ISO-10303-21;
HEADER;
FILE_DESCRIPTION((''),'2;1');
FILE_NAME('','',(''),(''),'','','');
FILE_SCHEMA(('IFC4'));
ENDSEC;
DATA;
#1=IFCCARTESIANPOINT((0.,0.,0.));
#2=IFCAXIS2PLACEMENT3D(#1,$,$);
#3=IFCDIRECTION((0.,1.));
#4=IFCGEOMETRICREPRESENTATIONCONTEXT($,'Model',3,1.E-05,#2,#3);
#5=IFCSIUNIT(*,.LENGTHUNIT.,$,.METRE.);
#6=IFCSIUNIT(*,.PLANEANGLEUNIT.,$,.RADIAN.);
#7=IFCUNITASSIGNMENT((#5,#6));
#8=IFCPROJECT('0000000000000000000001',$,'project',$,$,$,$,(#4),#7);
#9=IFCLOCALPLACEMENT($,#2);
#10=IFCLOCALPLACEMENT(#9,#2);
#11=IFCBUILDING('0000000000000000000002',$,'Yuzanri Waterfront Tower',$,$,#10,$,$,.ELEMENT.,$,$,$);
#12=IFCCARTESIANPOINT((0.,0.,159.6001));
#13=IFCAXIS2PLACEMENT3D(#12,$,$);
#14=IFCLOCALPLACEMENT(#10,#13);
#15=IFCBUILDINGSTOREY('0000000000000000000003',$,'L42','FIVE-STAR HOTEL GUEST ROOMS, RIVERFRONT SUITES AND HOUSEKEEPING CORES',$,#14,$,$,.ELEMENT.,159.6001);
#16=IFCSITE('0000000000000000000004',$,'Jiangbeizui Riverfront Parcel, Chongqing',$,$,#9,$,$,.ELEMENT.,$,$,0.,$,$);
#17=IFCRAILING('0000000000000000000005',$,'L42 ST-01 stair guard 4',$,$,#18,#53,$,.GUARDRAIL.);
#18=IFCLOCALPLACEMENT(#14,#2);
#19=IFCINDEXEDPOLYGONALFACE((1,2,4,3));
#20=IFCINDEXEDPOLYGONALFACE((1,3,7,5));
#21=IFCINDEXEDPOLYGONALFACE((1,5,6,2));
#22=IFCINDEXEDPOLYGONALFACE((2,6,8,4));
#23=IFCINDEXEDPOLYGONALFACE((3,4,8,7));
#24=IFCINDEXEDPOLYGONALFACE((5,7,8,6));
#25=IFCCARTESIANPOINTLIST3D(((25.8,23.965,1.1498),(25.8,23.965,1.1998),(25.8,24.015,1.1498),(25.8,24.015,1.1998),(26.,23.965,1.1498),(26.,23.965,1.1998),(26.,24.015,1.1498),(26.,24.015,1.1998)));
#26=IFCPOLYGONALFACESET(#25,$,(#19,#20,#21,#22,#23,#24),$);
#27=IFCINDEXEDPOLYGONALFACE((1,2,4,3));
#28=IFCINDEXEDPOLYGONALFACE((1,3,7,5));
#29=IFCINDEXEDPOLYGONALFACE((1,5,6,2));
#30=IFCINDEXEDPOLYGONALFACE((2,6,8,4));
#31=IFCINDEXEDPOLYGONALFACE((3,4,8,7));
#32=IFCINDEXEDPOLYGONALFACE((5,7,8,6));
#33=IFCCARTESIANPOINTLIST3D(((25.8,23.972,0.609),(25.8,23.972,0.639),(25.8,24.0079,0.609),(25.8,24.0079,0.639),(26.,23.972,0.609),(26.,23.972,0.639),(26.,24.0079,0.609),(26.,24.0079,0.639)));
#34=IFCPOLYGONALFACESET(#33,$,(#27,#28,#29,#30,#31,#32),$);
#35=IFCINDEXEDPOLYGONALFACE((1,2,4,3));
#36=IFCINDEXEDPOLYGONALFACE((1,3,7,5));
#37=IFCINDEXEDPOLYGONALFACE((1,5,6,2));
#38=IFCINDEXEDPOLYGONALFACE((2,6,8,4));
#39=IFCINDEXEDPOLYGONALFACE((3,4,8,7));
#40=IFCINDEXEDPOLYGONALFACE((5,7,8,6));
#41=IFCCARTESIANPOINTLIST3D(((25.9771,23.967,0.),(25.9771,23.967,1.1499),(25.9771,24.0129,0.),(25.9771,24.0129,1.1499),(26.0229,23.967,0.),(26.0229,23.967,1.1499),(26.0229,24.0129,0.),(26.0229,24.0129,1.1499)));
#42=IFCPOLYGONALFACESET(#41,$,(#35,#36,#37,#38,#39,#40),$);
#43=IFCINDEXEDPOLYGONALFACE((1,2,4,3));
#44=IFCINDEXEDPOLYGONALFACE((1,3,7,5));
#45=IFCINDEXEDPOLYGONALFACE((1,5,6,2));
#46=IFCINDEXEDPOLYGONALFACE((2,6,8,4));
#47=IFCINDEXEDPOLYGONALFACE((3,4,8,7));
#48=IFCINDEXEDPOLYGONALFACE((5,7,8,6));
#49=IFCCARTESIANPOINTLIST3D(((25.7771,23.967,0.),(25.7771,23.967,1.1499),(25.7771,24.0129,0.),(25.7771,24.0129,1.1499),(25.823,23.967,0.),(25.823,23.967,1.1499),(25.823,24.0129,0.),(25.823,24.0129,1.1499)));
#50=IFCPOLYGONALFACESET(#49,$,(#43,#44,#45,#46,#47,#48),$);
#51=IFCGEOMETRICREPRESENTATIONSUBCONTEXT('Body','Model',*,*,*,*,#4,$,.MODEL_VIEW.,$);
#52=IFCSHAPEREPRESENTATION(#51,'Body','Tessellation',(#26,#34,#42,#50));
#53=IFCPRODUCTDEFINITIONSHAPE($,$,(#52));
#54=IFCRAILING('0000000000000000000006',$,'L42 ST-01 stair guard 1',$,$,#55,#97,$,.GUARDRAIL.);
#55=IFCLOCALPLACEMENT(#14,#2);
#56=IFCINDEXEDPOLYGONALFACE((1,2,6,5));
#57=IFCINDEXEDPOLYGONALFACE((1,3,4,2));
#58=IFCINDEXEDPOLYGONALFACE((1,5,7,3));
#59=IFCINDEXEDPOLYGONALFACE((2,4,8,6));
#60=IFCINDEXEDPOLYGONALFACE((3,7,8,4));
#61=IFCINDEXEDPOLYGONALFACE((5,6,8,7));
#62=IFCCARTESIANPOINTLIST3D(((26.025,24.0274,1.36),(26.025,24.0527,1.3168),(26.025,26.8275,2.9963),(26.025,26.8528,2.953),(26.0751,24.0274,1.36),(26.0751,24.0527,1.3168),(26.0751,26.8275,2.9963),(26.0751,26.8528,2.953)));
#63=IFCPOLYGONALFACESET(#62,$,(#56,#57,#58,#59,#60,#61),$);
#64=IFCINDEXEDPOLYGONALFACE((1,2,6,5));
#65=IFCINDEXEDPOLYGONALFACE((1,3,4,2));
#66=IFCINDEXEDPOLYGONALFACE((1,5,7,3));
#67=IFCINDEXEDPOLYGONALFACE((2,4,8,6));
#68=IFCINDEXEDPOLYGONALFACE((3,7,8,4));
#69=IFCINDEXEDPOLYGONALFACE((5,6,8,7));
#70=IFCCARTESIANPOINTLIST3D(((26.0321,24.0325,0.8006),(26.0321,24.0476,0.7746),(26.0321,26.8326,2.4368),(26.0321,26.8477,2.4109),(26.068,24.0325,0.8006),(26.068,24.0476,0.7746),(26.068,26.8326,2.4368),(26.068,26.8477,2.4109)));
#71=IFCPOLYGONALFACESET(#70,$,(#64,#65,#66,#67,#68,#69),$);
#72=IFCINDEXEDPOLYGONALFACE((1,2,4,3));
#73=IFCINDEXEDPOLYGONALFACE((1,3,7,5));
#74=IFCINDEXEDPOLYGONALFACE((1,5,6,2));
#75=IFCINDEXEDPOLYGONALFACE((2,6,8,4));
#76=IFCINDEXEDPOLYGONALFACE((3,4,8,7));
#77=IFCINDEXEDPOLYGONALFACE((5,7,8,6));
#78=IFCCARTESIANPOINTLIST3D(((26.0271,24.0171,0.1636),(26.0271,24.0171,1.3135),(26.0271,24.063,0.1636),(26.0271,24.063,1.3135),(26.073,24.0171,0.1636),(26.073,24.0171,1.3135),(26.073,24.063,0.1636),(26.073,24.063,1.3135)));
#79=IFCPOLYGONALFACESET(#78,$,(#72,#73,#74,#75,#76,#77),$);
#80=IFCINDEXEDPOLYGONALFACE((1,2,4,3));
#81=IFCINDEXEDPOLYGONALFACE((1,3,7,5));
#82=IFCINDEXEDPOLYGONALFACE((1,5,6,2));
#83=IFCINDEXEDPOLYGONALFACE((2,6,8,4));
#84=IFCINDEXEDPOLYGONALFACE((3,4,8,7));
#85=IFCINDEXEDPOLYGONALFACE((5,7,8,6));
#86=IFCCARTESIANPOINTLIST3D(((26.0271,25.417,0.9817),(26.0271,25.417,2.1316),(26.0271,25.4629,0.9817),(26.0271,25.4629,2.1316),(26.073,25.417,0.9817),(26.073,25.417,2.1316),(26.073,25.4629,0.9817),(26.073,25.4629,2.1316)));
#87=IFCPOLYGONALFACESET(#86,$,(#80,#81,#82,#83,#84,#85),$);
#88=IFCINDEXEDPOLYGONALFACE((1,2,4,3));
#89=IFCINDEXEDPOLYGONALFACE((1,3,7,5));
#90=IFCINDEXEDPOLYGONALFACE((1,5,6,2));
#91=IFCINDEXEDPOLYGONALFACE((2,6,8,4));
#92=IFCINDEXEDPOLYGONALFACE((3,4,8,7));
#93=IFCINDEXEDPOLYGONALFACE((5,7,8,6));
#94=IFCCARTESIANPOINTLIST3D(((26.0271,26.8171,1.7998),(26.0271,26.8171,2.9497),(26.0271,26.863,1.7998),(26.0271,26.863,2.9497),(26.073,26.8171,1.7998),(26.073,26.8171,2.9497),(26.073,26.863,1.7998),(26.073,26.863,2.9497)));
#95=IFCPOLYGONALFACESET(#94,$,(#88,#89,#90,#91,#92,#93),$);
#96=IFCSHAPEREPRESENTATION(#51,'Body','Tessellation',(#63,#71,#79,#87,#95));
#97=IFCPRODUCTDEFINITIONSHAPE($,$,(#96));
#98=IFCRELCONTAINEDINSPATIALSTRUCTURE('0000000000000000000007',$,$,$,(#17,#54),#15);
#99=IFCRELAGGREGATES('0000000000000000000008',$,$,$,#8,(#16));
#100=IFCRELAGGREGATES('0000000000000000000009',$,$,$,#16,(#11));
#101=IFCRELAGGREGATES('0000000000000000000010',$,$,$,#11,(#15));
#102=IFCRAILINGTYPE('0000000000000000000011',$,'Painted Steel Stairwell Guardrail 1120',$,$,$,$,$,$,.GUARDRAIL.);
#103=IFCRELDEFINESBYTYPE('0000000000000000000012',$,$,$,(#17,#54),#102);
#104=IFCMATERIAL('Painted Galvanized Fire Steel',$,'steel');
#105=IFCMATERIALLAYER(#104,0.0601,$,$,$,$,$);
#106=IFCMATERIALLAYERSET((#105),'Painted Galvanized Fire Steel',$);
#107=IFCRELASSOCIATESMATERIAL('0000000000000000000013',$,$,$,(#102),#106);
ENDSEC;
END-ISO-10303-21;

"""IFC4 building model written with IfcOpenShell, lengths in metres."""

from ifc_helpers import new_model, si_unit, direction, frame, origin, origin_2d, place, context, subcontext, project, spatial, rectangle, extrude, source, transform, mapped, material, layer, layer_set, type_object, element, save


model = new_model("IFC4")

# Units and contexts
model_context = context("Model", 3, precision=1e-05, world=origin(), true_north=direction((0.0, 1.0)))
body_context = subcontext(model_context, "Body", "Model", "MODEL_VIEW")
ifc_project = project(units=[si_unit("LENGTHUNIT", "METRE"), si_unit("PLANEANGLEUNIT", "RADIAN")], contexts=[model_context])

# Site, building, storey
site_placement = place(None, origin())
site = spatial("IfcSite", under=ifc_project, at=site_placement, Name="Jiangbeizui Riverfront Parcel, Chongqing", CompositionType="ELEMENT", RefElevation=0.0)
building_placement = place(site_placement, origin())
building = spatial("IfcBuilding", under=site, at=building_placement, Name="Yuzanri Waterfront Tower", CompositionType="ELEMENT")
storey_placement = place(building_placement, frame((0.0, 0.0, 159.6001)))
storey = spatial("IfcBuildingStorey", under=building, at=storey_placement, Name="L42", Description="FIVE-STAR HOTEL GUEST ROOMS, RIVERFRONT SUITES AND HOUSEKEEPING CORES", CompositionType="ELEMENT", Elevation=159.6001)

# Railings
ifc_material_1 = material(Name="Painted Galvanized Fire Steel", Category="steel")
ifc_layer_1 = layer(ifc_material_1, 0.0601)
ifc_layer_set_1 = layer_set([ifc_layer_1], Name="Painted Galvanized Fire Steel")
railing_type = type_object("IfcRailingType", Name="Painted Steel Stairwell Guardrail 1120", PredefinedType="GUARDRAIL", material=ifc_layer_set_1)
shared_shape_1 = source(origin(), body_context, "Body", "SweptSolid", [
    extrude(rectangle(XDim=0.05, YDim=0.05, at=origin_2d()), frame((0.0, 0.0, 1.1748), z_axis=(-1.0, 0.0, 0.0), x_axis=(0.0, -1.0, 0.0)), (0.0, 0.0, 1.0), 0.2),
    extrude(rectangle(XDim=0.0359, YDim=0.03, at=origin_2d()), frame((0.0, 0.0, 0.624), z_axis=(-1.0, 0.0, 0.0), x_axis=(0.0, -1.0, 0.0)), (0.0, 0.0, 1.0), 0.2),
    extrude(rectangle(XDim=0.0459, YDim=0.0459, at=origin_2d()), origin(), (0.0, 0.0, 1.0), 1.1499),
    extrude(rectangle(XDim=0.0459, YDim=0.0459, at=origin_2d()), frame((-0.2, 0.0, 0.0)), (0.0, 0.0, 1.0), 1.1499),
])
railing_1_placement = place(storey_placement, frame((26.0, 23.99, 0.0)))
element("IfcRailing", 1, at=railing_1_placement, inside=storey, type_object=railing_type, Name="L42 ST-01 stair guard 4", PredefinedType="GUARDRAIL", context=body_context, shape_type="MappedRepresentation", body=[
    mapped(shared_shape_1, transform((0.0, 0.0, 0.0), scale=1.0)),
])
shared_shape_2 = source(origin(), body_context, "Body", "SweptSolid", [
    extrude(rectangle(XDim=0.05, YDim=0.05, at=origin_2d()), frame((0.0, 0.0, 1.1748), z_axis=(0.0, 0.863394, 0.504531), x_axis=(-1.0, 0.0, 0.0)), (0.0, 0.0, 1.0), 3.2432),
    extrude(rectangle(XDim=0.0359, YDim=0.03, at=origin_2d()), frame((0.0, 0.0, 0.624), z_axis=(0.0, 0.863394, 0.504531), x_axis=(-1.0, 0.0, 0.0)), (0.0, 0.0, 1.0), 3.2432),
    extrude(rectangle(XDim=0.0459, YDim=0.0459, at=origin_2d()), origin(), (0.0, 0.0, 1.0), 1.1499),
    extrude(rectangle(XDim=0.0459, YDim=0.0459, at=origin_2d()), frame((0.0, 1.3999, 0.8181)), (0.0, 0.0, 1.0), 1.1499),
    extrude(rectangle(XDim=0.0459, YDim=0.0459, at=origin_2d()), frame((0.0, 2.8, 1.6362)), (0.0, 0.0, 1.0), 1.1499),
])
railing_2_placement = place(storey_placement, frame((26.05, 24.04, 0.1636)))
element("IfcRailing", 2, at=railing_2_placement, inside=storey, type_object=railing_type, Name="L42 ST-01 stair guard 1", PredefinedType="GUARDRAIL", context=body_context, shape_type="MappedRepresentation", body=[
    mapped(shared_shape_2, transform((0.0, 0.0, 0.0), scale=1.0)),
])

save(model, "model.ifc")
